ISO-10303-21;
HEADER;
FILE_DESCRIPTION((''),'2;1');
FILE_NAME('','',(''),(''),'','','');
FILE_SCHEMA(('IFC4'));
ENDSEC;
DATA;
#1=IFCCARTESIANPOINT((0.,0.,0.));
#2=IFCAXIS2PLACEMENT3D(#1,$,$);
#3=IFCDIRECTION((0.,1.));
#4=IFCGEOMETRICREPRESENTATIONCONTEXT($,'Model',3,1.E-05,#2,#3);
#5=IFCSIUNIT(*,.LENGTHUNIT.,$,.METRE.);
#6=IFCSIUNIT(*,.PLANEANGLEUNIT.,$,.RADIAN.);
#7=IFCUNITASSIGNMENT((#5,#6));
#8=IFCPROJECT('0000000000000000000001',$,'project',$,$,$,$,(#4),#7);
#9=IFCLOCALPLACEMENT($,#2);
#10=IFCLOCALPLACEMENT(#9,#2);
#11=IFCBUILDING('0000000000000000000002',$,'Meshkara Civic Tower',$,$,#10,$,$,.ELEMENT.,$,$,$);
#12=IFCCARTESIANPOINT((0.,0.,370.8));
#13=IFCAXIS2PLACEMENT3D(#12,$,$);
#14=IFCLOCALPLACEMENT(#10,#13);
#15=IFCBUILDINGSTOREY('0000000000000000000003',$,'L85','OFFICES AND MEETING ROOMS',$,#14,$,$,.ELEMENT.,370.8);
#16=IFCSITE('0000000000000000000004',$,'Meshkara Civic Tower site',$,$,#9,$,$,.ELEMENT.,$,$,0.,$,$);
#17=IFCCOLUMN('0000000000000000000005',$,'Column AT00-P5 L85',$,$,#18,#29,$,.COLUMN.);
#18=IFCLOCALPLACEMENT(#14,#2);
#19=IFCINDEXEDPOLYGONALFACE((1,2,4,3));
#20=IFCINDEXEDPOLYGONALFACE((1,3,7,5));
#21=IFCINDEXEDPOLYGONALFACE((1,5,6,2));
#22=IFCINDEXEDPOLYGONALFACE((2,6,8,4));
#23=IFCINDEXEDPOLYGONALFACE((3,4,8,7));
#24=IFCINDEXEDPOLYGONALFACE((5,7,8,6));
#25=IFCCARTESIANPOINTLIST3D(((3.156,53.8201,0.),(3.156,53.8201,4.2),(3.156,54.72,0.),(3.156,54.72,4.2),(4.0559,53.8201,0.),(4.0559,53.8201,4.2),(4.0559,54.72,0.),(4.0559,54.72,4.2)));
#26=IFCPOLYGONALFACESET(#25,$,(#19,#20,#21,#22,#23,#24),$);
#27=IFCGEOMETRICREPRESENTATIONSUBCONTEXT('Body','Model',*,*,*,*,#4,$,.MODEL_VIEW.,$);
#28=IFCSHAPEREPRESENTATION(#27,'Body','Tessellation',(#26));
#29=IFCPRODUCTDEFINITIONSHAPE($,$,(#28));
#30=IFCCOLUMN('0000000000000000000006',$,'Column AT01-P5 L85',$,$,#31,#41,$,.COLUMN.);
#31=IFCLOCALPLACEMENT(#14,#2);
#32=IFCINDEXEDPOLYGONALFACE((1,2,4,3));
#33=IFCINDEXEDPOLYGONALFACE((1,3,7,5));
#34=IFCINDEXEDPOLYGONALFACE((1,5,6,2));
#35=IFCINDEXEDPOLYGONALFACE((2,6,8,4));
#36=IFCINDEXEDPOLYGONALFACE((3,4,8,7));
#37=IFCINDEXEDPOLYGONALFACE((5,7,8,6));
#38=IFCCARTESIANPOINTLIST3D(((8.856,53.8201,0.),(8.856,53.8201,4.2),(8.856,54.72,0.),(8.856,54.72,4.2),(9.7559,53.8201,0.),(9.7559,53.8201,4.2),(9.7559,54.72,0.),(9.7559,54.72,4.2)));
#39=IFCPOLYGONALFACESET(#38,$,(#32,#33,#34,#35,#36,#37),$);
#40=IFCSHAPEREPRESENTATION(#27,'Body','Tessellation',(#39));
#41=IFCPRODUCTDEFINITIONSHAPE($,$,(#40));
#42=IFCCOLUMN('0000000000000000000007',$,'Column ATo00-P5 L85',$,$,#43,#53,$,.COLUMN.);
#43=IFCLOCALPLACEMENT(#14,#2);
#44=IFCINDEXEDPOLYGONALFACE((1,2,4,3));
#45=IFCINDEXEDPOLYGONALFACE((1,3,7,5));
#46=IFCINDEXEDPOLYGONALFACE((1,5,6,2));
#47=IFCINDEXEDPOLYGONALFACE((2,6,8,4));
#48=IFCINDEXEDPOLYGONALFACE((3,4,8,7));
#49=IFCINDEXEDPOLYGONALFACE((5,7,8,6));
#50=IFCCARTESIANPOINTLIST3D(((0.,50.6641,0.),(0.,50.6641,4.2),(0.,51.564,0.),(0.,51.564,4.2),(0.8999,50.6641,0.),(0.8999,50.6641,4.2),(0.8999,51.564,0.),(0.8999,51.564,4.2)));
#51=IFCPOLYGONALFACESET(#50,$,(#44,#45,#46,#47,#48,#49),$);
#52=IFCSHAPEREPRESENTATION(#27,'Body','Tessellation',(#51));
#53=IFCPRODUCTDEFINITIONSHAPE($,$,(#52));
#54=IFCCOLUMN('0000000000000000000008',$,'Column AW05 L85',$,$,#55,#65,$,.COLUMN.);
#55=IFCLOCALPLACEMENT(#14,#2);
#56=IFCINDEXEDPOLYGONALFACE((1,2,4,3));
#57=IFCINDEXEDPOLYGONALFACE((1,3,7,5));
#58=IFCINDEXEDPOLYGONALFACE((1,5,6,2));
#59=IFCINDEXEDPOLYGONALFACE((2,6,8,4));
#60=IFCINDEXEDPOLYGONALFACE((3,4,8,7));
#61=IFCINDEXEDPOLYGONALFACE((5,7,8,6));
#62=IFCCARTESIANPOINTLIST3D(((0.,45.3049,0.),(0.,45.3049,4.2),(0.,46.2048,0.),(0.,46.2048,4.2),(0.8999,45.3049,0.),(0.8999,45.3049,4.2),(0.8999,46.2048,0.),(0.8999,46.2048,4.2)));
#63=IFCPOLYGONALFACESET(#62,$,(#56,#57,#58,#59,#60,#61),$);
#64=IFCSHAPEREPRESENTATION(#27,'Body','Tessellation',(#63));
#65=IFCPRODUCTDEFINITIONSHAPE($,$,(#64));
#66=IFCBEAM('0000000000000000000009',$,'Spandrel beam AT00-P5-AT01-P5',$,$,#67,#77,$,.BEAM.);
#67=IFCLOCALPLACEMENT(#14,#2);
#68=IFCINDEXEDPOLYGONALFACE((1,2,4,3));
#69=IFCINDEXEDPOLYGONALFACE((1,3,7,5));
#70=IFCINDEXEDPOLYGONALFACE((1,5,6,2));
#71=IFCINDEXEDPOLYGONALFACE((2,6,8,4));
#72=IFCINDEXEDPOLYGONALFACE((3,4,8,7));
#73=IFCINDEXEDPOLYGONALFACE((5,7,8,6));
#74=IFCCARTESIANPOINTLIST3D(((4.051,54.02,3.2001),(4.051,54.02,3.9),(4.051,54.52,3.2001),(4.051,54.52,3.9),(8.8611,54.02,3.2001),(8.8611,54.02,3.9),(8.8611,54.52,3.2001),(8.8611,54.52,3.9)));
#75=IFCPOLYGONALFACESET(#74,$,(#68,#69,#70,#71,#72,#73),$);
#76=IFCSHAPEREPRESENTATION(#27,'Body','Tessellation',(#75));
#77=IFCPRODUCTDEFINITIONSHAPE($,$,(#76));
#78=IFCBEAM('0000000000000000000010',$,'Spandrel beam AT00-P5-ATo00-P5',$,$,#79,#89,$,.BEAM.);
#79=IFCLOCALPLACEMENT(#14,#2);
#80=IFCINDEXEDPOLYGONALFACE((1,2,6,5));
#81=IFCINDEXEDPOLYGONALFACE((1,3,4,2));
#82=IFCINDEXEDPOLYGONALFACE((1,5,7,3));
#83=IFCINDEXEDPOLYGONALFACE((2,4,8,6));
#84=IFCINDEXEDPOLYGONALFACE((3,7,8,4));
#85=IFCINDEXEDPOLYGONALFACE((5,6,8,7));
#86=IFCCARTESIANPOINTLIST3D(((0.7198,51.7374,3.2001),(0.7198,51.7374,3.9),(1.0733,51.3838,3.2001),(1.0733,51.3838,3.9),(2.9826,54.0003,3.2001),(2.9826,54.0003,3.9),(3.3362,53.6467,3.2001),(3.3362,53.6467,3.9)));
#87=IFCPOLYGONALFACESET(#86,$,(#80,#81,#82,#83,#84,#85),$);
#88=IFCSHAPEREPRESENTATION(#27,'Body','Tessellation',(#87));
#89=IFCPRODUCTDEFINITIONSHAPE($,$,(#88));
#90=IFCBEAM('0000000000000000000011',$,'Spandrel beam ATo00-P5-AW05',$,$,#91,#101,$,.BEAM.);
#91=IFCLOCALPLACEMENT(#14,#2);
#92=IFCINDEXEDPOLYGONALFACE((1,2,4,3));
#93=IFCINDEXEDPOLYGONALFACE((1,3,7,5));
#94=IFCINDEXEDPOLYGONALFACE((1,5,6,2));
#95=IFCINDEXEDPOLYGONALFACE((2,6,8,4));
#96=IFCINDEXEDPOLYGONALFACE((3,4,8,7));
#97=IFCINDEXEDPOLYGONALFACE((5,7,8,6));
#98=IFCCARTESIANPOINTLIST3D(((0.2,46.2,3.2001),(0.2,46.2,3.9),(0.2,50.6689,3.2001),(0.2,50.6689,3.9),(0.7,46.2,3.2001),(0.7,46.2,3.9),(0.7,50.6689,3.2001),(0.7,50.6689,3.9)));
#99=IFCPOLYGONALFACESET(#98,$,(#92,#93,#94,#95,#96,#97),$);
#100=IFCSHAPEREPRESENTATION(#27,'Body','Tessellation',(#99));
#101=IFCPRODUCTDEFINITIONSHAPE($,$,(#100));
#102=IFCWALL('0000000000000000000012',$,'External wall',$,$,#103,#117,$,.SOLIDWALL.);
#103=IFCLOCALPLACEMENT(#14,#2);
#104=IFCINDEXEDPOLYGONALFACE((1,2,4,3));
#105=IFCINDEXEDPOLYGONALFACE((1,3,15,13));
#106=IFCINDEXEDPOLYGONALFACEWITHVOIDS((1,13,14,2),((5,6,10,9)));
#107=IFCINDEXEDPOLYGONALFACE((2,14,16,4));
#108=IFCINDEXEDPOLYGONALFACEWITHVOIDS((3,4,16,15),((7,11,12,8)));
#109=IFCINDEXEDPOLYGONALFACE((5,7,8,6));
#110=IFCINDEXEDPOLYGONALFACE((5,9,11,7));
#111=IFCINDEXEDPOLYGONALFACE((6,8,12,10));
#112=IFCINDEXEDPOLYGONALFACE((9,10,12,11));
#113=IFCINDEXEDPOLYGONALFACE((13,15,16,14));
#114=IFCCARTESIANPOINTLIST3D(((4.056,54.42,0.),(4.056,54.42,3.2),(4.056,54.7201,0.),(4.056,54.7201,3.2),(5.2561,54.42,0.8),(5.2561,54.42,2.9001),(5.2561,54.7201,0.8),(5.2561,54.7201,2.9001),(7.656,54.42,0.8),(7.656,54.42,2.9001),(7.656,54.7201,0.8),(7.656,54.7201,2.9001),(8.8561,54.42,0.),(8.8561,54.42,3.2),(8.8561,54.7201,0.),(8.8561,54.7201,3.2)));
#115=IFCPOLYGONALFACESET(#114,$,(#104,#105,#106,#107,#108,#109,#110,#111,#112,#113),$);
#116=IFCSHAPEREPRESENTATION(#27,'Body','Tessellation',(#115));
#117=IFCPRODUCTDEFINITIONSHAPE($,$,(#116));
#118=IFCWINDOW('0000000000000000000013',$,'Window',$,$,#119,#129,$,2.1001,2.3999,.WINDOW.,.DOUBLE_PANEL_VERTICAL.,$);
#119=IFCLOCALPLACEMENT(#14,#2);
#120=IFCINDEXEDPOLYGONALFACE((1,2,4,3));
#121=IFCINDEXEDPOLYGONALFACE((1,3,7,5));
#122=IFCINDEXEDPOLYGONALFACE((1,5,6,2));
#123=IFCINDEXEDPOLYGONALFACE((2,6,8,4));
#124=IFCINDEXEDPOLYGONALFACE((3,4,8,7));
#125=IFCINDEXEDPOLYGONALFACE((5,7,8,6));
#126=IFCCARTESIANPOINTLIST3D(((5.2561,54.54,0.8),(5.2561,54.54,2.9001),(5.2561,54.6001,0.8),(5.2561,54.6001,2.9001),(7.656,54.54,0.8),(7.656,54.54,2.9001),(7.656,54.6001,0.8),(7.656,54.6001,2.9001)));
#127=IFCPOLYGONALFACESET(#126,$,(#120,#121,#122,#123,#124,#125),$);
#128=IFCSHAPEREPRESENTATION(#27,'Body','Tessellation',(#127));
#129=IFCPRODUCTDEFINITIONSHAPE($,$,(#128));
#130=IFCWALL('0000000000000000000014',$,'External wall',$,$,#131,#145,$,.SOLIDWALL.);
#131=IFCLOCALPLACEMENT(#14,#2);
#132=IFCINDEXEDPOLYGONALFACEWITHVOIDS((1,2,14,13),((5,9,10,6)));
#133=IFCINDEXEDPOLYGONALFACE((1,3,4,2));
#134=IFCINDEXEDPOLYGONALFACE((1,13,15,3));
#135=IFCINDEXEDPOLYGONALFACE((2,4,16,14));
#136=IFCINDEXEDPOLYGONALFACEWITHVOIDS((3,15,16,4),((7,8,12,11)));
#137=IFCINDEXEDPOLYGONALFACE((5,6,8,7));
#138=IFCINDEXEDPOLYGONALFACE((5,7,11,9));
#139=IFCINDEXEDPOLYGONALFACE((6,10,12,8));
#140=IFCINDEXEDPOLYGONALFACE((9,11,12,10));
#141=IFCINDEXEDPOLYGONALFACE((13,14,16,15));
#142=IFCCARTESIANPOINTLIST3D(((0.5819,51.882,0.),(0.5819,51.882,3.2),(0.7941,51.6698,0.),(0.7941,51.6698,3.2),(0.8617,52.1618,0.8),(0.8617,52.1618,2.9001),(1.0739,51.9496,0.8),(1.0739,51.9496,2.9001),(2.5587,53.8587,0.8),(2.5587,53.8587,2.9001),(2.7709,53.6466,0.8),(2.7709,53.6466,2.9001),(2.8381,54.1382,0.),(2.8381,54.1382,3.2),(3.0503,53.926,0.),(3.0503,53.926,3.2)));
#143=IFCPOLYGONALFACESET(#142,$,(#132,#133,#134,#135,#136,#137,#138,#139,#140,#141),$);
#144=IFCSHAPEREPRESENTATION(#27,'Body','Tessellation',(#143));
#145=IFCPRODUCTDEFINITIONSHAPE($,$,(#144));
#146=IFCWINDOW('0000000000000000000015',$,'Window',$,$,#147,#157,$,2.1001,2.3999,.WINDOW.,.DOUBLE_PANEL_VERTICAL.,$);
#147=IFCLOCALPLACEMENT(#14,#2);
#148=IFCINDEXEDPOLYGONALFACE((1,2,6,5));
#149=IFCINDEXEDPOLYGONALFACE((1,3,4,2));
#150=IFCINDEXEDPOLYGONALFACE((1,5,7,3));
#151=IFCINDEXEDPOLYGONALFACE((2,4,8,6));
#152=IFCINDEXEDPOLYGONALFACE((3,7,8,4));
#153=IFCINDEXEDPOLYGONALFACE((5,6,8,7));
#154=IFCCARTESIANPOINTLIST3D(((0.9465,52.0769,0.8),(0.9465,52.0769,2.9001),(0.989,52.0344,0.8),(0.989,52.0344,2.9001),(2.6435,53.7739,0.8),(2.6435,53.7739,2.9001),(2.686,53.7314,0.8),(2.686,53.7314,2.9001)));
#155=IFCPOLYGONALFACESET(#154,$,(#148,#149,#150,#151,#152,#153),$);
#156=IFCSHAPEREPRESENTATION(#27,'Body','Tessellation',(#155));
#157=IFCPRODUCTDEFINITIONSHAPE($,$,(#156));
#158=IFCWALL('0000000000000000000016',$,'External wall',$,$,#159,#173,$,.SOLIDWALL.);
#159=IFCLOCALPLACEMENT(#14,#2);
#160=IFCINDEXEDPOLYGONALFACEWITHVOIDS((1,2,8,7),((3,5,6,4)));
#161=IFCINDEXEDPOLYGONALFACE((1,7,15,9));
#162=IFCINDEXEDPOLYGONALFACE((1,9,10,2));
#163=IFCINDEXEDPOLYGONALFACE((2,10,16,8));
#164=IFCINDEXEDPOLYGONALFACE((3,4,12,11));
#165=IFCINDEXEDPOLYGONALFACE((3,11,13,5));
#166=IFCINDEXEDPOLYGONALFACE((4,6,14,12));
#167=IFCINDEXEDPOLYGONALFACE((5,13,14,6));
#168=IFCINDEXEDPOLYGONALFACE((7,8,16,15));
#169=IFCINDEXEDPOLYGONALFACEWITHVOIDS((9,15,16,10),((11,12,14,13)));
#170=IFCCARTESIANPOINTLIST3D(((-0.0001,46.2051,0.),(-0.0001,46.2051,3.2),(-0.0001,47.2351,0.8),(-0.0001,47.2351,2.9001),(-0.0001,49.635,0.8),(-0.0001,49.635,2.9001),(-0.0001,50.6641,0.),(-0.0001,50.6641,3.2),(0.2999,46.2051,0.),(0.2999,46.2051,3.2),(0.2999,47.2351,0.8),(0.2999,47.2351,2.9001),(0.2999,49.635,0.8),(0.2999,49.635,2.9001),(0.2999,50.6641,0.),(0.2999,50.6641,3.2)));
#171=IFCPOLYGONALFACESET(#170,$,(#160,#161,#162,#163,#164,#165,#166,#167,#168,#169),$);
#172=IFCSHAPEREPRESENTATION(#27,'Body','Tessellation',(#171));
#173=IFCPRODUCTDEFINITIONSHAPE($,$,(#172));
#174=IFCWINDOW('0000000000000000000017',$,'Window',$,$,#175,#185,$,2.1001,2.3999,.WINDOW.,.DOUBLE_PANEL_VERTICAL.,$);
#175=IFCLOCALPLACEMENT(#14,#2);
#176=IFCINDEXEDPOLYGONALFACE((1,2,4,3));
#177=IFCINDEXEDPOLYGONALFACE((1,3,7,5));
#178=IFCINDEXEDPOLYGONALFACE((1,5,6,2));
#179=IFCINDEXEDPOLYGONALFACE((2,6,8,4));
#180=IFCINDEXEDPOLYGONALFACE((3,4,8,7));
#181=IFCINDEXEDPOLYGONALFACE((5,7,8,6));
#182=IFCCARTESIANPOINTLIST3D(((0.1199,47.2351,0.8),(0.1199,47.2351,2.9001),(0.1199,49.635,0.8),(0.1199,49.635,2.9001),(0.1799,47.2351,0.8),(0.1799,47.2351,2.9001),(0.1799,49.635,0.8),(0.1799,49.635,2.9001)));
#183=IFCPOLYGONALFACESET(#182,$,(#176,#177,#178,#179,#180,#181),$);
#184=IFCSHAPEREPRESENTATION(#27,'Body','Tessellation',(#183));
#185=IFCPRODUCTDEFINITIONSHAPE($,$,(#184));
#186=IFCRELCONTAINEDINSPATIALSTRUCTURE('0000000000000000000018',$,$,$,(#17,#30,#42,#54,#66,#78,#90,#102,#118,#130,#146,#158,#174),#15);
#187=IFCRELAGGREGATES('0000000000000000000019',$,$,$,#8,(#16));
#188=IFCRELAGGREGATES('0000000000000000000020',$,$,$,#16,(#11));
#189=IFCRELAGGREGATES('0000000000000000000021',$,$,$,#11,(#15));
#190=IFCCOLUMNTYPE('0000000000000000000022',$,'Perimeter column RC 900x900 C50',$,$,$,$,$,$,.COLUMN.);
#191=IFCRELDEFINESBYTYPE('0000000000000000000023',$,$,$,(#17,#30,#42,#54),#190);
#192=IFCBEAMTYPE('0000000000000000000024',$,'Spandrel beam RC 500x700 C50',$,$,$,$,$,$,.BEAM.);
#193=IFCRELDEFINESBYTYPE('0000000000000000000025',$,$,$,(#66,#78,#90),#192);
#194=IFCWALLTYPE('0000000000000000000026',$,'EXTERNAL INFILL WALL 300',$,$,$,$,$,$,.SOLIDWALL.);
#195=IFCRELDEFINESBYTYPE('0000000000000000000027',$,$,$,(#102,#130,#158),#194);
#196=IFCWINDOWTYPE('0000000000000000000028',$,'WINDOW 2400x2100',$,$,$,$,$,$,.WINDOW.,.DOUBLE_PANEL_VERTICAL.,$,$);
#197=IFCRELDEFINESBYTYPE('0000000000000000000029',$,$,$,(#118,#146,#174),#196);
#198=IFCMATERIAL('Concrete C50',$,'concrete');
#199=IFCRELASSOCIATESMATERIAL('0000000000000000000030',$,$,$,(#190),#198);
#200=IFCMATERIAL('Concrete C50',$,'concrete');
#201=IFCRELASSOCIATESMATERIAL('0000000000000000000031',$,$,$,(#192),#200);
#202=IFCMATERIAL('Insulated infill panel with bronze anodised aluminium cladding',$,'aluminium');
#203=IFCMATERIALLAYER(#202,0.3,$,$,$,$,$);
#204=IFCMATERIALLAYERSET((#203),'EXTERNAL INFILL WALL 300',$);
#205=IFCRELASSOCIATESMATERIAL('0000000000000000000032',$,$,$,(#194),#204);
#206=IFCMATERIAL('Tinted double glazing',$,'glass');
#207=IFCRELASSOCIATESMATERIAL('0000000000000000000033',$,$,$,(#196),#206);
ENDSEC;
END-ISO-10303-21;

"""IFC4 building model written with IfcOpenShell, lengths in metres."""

from ifc_helpers import new_model, si_unit, direction, frame, frame_2d, origin, origin_2d, place, context, subcontext, project, spatial, rectangle, extrude, material, layer, layer_set, material_profile, profile_set, type_object, element, fill, save


model = new_model("IFC4")

# Units and contexts
model_context = context("Model", 3, precision=1e-05, world=origin(), true_north=direction((0.0, 1.0)))
body_context = subcontext(model_context, "Body", "Model", "MODEL_VIEW")
ifc_project = project(units=[si_unit("LENGTHUNIT", "METRE"), si_unit("PLANEANGLEUNIT", "RADIAN")], contexts=[model_context])

# Site, building, storey
site_placement = place(None, origin())
site = spatial("IfcSite", under=ifc_project, at=site_placement, Name="Meshkara Civic Tower site", CompositionType="ELEMENT", RefElevation=0.0)
building_placement = place(site_placement, origin())
building = spatial("IfcBuilding", under=site, at=building_placement, Name="Meshkara Civic Tower", CompositionType="ELEMENT")
storey_placement = place(building_placement, frame((0.0, 0.0, 370.8)))
storey = spatial("IfcBuildingStorey", under=building, at=storey_placement, Name="L85", Description="OFFICES AND MEETING ROOMS", CompositionType="ELEMENT", Elevation=370.8)

# Columns
ifc_material_1 = material(Name="Concrete C50", Category="concrete")
ifc_material_profile_1 = material_profile(ifc_material_1, rectangle(XDim=0.8999, YDim=0.8999, at=origin_2d()))
ifc_profile_set_1 = profile_set([ifc_material_profile_1], Name="Concrete C50")
column_type = type_object("IfcColumnType", Name="Perimeter column RC 900x900 C50", PredefinedType="COLUMN", material=ifc_profile_set_1)
for number, where, z_axis, x_axis, name in (
    (1, (3.606, 54.27, 0.0), (0.0, 0.0, 1.0), (1.0, 0.0, 0.0), "Column AT00-P5 L85"),
    (2, (9.3059, 54.27, 0.0), (0.0, 0.0, 1.0), (1.0, 0.0, 0.0), "Column AT01-P5 L85"),
    (3, (0.45, 51.114, 0.0), (0.0, 0.0, 1.0), (1.0, 0.0, 0.0), "Column ATo00-P5 L85"),
    (4, (0.45, 45.7549, 0.0), (0.0, 0.0, 1.0), (1.0, 0.0, 0.0), "Column AW05 L85"),
):
    element("IfcColumn", number, at=place(storey_placement, frame(where, z_axis=z_axis, x_axis=x_axis)), inside=storey, type_object=column_type, Name=name, PredefinedType="COLUMN", context=body_context, shape_type="SweptSolid", body=[
        extrude(rectangle(XDim=0.8999, YDim=0.8999, at=origin_2d()), origin(), (0.0, 0.0, 1.0), 4.2),
    ])

# Beams
ifc_material_2 = material(Name="Concrete C50", Category="concrete")
ifc_material_profile_2 = material_profile(ifc_material_2, rectangle(XDim=0.5, YDim=0.7, at=origin_2d()))
ifc_profile_set_2 = profile_set([ifc_material_profile_2], Name="Concrete C50")
beam_type = type_object("IfcBeamType", Name="Spandrel beam RC 500x700 C50", PredefinedType="BEAM", material=ifc_profile_set_2)
beam_1_placement = place(storey_placement, frame((8.8611, 54.27, 3.55), z_axis=(-1.0, 0.0, 0.0), x_axis=(0.0, -1.0, 0.0)))
element("IfcBeam", 5, at=beam_1_placement, inside=storey, type_object=beam_type, Name="Spandrel beam AT00-P5-AT01-P5", PredefinedType="BEAM", context=body_context, shape_type="SweptSolid", body=[
    extrude(rectangle(XDim=0.5, YDim=0.7, at=origin_2d()), origin(), (0.0, 0.0, 1.0), 4.8101),
])
beam_2_placement = place(storey_placement, frame((3.1594, 53.8235, 3.55), z_axis=(-0.707107, -0.707107, 0.0), x_axis=(0.707107, -0.707107, 0.0)))
element("IfcBeam", 6, at=beam_2_placement, inside=storey, type_object=beam_type, Name="Spandrel beam AT00-P5-ATo00-P5", PredefinedType="BEAM", context=body_context, shape_type="SweptSolid", body=[
    extrude(rectangle(XDim=0.5, YDim=0.7, at=origin_2d()), origin(), (0.0, 0.0, 1.0), 3.2002),
])
beam_3_placement = place(storey_placement, frame((0.45, 50.6689, 3.55), z_axis=(0.0, -1.0, 0.0), x_axis=(1.0, 0.0, 0.0)))
element("IfcBeam", 7, at=beam_3_placement, inside=storey, type_object=beam_type, Name="Spandrel beam ATo00-P5-AW05", PredefinedType="BEAM", context=body_context, shape_type="SweptSolid", body=[
    extrude(rectangle(XDim=0.5, YDim=0.7, at=origin_2d()), origin(), (0.0, 0.0, 1.0), 4.469),
])

# Walls, openings, windows
ifc_material_3 = material(Name="Insulated infill panel with bronze anodised aluminium cladding", Category="aluminium")
ifc_layer_1 = layer(ifc_material_3, 0.3)
ifc_layer_set_1 = layer_set([ifc_layer_1], Name="EXTERNAL INFILL WALL 300")
wall_type_1 = type_object("IfcWallType", Name="EXTERNAL INFILL WALL 300", PredefinedType="SOLIDWALL", material=ifc_layer_set_1)
wall_1_placement = place(storey_placement, frame((8.856, 54.5701, 0.0), z_axis=(0.0, 0.0, 1.0), x_axis=(-1.0, 0.0, 0.0)))
wall_1 = element("IfcWall", 8, at=wall_1_placement, inside=storey, type_object=wall_type_1, Name="External wall", PredefinedType="SOLIDWALL", context=body_context, shape_type="SweptSolid", body=[
    extrude(rectangle(XDim=4.8, YDim=0.3, at=frame_2d((2.3999, 0.0))), origin(), (0.0, 0.0, 1.0), 3.2),
])
opening_1_placement = place(wall_1_placement, frame((1.2, 0.0, 0.8)))
opening_1 = element("IfcOpeningElement", 9, at=opening_1_placement, cuts=wall_1, PredefinedType="OPENING", context=body_context, shape_type="SweptSolid", body=[
    extrude(rectangle(XDim=2.3999, YDim=2.1001, at=frame_2d((1.2, 1.05))), frame((0.0, 0.1599, 0.0), z_axis=(0.0, -1.0, 0.0), x_axis=(1.0, 0.0, 0.0)), (0.0, 0.0, 1.0), 0.3201),
])
ifc_material_4 = material(Name="Tinted double glazing", Category="glass")
window_type = type_object("IfcWindowType", Name="WINDOW 2400x2100", PartitioningType="DOUBLE_PANEL_VERTICAL", PredefinedType="WINDOW", material=ifc_material_4)
window_1_placement = place(opening_1_placement, origin())
window_1 = element("IfcWindow", 10, at=window_1_placement, inside=storey, type_object=window_type, Name="Window", OverallHeight=2.1001, OverallWidth=2.3999, PartitioningType="DOUBLE_PANEL_VERTICAL", PredefinedType="WINDOW", context=body_context, shape_type="SweptSolid", body=[
    extrude(rectangle(XDim=2.3999, YDim=2.1001, at=frame_2d((1.2, 1.05))), frame((0.0, 0.03, 0.0), z_axis=(0.0, -1.0, 0.0), x_axis=(1.0, 0.0, 0.0)), (0.0, 0.0, 1.0), 0.0601),
])
fill(opening_1, window_1)
wall_2_placement = place(storey_placement, frame((2.9441, 54.032, 0.0), z_axis=(0.0, 0.0, 1.0), x_axis=(-0.707107, -0.707107, 0.0)))
wall_2 = element("IfcWall", 11, at=wall_2_placement, inside=storey, type_object=wall_type_1, Name="External wall", PredefinedType="SOLIDWALL", context=body_context, shape_type="SweptSolid", body=[
    extrude(rectangle(XDim=3.1907, YDim=0.3, at=frame_2d((1.5952, 0.0))), origin(), (0.0, 0.0, 1.0), 3.2),
])
opening_2_placement = place(wall_2_placement, frame((0.395, 0.0, 0.8)))
opening_2 = element("IfcOpeningElement", 12, at=opening_2_placement, cuts=wall_2, PredefinedType="OPENING", context=body_context, shape_type="SweptSolid", body=[
    extrude(rectangle(XDim=2.3999, YDim=2.1001, at=frame_2d((1.2, 1.05))), frame((0.0, 0.1599, 0.0), z_axis=(0.0, -1.0, 0.0), x_axis=(1.0, 0.0, 0.0)), (0.0, 0.0, 1.0), 0.3201),
])
window_2_placement = place(opening_2_placement, origin())
window_2 = element("IfcWindow", 13, at=window_2_placement, inside=storey, type_object=window_type, Name="Window", OverallHeight=2.1001, OverallWidth=2.3999, PartitioningType="DOUBLE_PANEL_VERTICAL", PredefinedType="WINDOW", context=body_context, shape_type="SweptSolid", body=[
    extrude(rectangle(XDim=2.3999, YDim=2.1001, at=frame_2d((1.2, 1.05))), frame((0.0, 0.03, 0.0), z_axis=(0.0, -1.0, 0.0), x_axis=(1.0, 0.0, 0.0)), (0.0, 0.0, 1.0), 0.0601),
])
fill(opening_2, window_2)
wall_3_placement = place(storey_placement, frame((0.1499, 50.6641, 0.0), z_axis=(0.0, 0.0, 1.0), x_axis=(0.0, -1.0, 0.0)))
wall_3 = element("IfcWall", 14, at=wall_3_placement, inside=storey, type_object=wall_type_1, Name="External wall", PredefinedType="SOLIDWALL", context=body_context, shape_type="SweptSolid", body=[
    extrude(rectangle(XDim=4.459, YDim=0.3, at=frame_2d((2.2295, 0.0))), origin(), (0.0, 0.0, 1.0), 3.2),
])
opening_3_placement = place(wall_3_placement, frame((1.0291, 0.0, 0.8)))
opening_3 = element("IfcOpeningElement", 15, at=opening_3_placement, cuts=wall_3, PredefinedType="OPENING", context=body_context, shape_type="SweptSolid", body=[
    extrude(rectangle(XDim=2.3999, YDim=2.1001, at=frame_2d((1.2, 1.05))), frame((0.0, 0.1599, 0.0), z_axis=(0.0, -1.0, 0.0), x_axis=(1.0, 0.0, 0.0)), (0.0, 0.0, 1.0), 0.3201),
])
window_3_placement = place(opening_3_placement, origin())
window_3 = element("IfcWindow", 16, at=window_3_placement, inside=storey, type_object=window_type, Name="Window", OverallHeight=2.1001, OverallWidth=2.3999, PartitioningType="DOUBLE_PANEL_VERTICAL", PredefinedType="WINDOW", context=body_context, shape_type="SweptSolid", body=[
    extrude(rectangle(XDim=2.3999, YDim=2.1001, at=frame_2d((1.2, 1.05))), frame((0.0, 0.03, 0.0), z_axis=(0.0, -1.0, 0.0), x_axis=(1.0, 0.0, 0.0)), (0.0, 0.0, 1.0), 0.0601),
])
fill(opening_3, window_3)

save(model, "model.ifc")
